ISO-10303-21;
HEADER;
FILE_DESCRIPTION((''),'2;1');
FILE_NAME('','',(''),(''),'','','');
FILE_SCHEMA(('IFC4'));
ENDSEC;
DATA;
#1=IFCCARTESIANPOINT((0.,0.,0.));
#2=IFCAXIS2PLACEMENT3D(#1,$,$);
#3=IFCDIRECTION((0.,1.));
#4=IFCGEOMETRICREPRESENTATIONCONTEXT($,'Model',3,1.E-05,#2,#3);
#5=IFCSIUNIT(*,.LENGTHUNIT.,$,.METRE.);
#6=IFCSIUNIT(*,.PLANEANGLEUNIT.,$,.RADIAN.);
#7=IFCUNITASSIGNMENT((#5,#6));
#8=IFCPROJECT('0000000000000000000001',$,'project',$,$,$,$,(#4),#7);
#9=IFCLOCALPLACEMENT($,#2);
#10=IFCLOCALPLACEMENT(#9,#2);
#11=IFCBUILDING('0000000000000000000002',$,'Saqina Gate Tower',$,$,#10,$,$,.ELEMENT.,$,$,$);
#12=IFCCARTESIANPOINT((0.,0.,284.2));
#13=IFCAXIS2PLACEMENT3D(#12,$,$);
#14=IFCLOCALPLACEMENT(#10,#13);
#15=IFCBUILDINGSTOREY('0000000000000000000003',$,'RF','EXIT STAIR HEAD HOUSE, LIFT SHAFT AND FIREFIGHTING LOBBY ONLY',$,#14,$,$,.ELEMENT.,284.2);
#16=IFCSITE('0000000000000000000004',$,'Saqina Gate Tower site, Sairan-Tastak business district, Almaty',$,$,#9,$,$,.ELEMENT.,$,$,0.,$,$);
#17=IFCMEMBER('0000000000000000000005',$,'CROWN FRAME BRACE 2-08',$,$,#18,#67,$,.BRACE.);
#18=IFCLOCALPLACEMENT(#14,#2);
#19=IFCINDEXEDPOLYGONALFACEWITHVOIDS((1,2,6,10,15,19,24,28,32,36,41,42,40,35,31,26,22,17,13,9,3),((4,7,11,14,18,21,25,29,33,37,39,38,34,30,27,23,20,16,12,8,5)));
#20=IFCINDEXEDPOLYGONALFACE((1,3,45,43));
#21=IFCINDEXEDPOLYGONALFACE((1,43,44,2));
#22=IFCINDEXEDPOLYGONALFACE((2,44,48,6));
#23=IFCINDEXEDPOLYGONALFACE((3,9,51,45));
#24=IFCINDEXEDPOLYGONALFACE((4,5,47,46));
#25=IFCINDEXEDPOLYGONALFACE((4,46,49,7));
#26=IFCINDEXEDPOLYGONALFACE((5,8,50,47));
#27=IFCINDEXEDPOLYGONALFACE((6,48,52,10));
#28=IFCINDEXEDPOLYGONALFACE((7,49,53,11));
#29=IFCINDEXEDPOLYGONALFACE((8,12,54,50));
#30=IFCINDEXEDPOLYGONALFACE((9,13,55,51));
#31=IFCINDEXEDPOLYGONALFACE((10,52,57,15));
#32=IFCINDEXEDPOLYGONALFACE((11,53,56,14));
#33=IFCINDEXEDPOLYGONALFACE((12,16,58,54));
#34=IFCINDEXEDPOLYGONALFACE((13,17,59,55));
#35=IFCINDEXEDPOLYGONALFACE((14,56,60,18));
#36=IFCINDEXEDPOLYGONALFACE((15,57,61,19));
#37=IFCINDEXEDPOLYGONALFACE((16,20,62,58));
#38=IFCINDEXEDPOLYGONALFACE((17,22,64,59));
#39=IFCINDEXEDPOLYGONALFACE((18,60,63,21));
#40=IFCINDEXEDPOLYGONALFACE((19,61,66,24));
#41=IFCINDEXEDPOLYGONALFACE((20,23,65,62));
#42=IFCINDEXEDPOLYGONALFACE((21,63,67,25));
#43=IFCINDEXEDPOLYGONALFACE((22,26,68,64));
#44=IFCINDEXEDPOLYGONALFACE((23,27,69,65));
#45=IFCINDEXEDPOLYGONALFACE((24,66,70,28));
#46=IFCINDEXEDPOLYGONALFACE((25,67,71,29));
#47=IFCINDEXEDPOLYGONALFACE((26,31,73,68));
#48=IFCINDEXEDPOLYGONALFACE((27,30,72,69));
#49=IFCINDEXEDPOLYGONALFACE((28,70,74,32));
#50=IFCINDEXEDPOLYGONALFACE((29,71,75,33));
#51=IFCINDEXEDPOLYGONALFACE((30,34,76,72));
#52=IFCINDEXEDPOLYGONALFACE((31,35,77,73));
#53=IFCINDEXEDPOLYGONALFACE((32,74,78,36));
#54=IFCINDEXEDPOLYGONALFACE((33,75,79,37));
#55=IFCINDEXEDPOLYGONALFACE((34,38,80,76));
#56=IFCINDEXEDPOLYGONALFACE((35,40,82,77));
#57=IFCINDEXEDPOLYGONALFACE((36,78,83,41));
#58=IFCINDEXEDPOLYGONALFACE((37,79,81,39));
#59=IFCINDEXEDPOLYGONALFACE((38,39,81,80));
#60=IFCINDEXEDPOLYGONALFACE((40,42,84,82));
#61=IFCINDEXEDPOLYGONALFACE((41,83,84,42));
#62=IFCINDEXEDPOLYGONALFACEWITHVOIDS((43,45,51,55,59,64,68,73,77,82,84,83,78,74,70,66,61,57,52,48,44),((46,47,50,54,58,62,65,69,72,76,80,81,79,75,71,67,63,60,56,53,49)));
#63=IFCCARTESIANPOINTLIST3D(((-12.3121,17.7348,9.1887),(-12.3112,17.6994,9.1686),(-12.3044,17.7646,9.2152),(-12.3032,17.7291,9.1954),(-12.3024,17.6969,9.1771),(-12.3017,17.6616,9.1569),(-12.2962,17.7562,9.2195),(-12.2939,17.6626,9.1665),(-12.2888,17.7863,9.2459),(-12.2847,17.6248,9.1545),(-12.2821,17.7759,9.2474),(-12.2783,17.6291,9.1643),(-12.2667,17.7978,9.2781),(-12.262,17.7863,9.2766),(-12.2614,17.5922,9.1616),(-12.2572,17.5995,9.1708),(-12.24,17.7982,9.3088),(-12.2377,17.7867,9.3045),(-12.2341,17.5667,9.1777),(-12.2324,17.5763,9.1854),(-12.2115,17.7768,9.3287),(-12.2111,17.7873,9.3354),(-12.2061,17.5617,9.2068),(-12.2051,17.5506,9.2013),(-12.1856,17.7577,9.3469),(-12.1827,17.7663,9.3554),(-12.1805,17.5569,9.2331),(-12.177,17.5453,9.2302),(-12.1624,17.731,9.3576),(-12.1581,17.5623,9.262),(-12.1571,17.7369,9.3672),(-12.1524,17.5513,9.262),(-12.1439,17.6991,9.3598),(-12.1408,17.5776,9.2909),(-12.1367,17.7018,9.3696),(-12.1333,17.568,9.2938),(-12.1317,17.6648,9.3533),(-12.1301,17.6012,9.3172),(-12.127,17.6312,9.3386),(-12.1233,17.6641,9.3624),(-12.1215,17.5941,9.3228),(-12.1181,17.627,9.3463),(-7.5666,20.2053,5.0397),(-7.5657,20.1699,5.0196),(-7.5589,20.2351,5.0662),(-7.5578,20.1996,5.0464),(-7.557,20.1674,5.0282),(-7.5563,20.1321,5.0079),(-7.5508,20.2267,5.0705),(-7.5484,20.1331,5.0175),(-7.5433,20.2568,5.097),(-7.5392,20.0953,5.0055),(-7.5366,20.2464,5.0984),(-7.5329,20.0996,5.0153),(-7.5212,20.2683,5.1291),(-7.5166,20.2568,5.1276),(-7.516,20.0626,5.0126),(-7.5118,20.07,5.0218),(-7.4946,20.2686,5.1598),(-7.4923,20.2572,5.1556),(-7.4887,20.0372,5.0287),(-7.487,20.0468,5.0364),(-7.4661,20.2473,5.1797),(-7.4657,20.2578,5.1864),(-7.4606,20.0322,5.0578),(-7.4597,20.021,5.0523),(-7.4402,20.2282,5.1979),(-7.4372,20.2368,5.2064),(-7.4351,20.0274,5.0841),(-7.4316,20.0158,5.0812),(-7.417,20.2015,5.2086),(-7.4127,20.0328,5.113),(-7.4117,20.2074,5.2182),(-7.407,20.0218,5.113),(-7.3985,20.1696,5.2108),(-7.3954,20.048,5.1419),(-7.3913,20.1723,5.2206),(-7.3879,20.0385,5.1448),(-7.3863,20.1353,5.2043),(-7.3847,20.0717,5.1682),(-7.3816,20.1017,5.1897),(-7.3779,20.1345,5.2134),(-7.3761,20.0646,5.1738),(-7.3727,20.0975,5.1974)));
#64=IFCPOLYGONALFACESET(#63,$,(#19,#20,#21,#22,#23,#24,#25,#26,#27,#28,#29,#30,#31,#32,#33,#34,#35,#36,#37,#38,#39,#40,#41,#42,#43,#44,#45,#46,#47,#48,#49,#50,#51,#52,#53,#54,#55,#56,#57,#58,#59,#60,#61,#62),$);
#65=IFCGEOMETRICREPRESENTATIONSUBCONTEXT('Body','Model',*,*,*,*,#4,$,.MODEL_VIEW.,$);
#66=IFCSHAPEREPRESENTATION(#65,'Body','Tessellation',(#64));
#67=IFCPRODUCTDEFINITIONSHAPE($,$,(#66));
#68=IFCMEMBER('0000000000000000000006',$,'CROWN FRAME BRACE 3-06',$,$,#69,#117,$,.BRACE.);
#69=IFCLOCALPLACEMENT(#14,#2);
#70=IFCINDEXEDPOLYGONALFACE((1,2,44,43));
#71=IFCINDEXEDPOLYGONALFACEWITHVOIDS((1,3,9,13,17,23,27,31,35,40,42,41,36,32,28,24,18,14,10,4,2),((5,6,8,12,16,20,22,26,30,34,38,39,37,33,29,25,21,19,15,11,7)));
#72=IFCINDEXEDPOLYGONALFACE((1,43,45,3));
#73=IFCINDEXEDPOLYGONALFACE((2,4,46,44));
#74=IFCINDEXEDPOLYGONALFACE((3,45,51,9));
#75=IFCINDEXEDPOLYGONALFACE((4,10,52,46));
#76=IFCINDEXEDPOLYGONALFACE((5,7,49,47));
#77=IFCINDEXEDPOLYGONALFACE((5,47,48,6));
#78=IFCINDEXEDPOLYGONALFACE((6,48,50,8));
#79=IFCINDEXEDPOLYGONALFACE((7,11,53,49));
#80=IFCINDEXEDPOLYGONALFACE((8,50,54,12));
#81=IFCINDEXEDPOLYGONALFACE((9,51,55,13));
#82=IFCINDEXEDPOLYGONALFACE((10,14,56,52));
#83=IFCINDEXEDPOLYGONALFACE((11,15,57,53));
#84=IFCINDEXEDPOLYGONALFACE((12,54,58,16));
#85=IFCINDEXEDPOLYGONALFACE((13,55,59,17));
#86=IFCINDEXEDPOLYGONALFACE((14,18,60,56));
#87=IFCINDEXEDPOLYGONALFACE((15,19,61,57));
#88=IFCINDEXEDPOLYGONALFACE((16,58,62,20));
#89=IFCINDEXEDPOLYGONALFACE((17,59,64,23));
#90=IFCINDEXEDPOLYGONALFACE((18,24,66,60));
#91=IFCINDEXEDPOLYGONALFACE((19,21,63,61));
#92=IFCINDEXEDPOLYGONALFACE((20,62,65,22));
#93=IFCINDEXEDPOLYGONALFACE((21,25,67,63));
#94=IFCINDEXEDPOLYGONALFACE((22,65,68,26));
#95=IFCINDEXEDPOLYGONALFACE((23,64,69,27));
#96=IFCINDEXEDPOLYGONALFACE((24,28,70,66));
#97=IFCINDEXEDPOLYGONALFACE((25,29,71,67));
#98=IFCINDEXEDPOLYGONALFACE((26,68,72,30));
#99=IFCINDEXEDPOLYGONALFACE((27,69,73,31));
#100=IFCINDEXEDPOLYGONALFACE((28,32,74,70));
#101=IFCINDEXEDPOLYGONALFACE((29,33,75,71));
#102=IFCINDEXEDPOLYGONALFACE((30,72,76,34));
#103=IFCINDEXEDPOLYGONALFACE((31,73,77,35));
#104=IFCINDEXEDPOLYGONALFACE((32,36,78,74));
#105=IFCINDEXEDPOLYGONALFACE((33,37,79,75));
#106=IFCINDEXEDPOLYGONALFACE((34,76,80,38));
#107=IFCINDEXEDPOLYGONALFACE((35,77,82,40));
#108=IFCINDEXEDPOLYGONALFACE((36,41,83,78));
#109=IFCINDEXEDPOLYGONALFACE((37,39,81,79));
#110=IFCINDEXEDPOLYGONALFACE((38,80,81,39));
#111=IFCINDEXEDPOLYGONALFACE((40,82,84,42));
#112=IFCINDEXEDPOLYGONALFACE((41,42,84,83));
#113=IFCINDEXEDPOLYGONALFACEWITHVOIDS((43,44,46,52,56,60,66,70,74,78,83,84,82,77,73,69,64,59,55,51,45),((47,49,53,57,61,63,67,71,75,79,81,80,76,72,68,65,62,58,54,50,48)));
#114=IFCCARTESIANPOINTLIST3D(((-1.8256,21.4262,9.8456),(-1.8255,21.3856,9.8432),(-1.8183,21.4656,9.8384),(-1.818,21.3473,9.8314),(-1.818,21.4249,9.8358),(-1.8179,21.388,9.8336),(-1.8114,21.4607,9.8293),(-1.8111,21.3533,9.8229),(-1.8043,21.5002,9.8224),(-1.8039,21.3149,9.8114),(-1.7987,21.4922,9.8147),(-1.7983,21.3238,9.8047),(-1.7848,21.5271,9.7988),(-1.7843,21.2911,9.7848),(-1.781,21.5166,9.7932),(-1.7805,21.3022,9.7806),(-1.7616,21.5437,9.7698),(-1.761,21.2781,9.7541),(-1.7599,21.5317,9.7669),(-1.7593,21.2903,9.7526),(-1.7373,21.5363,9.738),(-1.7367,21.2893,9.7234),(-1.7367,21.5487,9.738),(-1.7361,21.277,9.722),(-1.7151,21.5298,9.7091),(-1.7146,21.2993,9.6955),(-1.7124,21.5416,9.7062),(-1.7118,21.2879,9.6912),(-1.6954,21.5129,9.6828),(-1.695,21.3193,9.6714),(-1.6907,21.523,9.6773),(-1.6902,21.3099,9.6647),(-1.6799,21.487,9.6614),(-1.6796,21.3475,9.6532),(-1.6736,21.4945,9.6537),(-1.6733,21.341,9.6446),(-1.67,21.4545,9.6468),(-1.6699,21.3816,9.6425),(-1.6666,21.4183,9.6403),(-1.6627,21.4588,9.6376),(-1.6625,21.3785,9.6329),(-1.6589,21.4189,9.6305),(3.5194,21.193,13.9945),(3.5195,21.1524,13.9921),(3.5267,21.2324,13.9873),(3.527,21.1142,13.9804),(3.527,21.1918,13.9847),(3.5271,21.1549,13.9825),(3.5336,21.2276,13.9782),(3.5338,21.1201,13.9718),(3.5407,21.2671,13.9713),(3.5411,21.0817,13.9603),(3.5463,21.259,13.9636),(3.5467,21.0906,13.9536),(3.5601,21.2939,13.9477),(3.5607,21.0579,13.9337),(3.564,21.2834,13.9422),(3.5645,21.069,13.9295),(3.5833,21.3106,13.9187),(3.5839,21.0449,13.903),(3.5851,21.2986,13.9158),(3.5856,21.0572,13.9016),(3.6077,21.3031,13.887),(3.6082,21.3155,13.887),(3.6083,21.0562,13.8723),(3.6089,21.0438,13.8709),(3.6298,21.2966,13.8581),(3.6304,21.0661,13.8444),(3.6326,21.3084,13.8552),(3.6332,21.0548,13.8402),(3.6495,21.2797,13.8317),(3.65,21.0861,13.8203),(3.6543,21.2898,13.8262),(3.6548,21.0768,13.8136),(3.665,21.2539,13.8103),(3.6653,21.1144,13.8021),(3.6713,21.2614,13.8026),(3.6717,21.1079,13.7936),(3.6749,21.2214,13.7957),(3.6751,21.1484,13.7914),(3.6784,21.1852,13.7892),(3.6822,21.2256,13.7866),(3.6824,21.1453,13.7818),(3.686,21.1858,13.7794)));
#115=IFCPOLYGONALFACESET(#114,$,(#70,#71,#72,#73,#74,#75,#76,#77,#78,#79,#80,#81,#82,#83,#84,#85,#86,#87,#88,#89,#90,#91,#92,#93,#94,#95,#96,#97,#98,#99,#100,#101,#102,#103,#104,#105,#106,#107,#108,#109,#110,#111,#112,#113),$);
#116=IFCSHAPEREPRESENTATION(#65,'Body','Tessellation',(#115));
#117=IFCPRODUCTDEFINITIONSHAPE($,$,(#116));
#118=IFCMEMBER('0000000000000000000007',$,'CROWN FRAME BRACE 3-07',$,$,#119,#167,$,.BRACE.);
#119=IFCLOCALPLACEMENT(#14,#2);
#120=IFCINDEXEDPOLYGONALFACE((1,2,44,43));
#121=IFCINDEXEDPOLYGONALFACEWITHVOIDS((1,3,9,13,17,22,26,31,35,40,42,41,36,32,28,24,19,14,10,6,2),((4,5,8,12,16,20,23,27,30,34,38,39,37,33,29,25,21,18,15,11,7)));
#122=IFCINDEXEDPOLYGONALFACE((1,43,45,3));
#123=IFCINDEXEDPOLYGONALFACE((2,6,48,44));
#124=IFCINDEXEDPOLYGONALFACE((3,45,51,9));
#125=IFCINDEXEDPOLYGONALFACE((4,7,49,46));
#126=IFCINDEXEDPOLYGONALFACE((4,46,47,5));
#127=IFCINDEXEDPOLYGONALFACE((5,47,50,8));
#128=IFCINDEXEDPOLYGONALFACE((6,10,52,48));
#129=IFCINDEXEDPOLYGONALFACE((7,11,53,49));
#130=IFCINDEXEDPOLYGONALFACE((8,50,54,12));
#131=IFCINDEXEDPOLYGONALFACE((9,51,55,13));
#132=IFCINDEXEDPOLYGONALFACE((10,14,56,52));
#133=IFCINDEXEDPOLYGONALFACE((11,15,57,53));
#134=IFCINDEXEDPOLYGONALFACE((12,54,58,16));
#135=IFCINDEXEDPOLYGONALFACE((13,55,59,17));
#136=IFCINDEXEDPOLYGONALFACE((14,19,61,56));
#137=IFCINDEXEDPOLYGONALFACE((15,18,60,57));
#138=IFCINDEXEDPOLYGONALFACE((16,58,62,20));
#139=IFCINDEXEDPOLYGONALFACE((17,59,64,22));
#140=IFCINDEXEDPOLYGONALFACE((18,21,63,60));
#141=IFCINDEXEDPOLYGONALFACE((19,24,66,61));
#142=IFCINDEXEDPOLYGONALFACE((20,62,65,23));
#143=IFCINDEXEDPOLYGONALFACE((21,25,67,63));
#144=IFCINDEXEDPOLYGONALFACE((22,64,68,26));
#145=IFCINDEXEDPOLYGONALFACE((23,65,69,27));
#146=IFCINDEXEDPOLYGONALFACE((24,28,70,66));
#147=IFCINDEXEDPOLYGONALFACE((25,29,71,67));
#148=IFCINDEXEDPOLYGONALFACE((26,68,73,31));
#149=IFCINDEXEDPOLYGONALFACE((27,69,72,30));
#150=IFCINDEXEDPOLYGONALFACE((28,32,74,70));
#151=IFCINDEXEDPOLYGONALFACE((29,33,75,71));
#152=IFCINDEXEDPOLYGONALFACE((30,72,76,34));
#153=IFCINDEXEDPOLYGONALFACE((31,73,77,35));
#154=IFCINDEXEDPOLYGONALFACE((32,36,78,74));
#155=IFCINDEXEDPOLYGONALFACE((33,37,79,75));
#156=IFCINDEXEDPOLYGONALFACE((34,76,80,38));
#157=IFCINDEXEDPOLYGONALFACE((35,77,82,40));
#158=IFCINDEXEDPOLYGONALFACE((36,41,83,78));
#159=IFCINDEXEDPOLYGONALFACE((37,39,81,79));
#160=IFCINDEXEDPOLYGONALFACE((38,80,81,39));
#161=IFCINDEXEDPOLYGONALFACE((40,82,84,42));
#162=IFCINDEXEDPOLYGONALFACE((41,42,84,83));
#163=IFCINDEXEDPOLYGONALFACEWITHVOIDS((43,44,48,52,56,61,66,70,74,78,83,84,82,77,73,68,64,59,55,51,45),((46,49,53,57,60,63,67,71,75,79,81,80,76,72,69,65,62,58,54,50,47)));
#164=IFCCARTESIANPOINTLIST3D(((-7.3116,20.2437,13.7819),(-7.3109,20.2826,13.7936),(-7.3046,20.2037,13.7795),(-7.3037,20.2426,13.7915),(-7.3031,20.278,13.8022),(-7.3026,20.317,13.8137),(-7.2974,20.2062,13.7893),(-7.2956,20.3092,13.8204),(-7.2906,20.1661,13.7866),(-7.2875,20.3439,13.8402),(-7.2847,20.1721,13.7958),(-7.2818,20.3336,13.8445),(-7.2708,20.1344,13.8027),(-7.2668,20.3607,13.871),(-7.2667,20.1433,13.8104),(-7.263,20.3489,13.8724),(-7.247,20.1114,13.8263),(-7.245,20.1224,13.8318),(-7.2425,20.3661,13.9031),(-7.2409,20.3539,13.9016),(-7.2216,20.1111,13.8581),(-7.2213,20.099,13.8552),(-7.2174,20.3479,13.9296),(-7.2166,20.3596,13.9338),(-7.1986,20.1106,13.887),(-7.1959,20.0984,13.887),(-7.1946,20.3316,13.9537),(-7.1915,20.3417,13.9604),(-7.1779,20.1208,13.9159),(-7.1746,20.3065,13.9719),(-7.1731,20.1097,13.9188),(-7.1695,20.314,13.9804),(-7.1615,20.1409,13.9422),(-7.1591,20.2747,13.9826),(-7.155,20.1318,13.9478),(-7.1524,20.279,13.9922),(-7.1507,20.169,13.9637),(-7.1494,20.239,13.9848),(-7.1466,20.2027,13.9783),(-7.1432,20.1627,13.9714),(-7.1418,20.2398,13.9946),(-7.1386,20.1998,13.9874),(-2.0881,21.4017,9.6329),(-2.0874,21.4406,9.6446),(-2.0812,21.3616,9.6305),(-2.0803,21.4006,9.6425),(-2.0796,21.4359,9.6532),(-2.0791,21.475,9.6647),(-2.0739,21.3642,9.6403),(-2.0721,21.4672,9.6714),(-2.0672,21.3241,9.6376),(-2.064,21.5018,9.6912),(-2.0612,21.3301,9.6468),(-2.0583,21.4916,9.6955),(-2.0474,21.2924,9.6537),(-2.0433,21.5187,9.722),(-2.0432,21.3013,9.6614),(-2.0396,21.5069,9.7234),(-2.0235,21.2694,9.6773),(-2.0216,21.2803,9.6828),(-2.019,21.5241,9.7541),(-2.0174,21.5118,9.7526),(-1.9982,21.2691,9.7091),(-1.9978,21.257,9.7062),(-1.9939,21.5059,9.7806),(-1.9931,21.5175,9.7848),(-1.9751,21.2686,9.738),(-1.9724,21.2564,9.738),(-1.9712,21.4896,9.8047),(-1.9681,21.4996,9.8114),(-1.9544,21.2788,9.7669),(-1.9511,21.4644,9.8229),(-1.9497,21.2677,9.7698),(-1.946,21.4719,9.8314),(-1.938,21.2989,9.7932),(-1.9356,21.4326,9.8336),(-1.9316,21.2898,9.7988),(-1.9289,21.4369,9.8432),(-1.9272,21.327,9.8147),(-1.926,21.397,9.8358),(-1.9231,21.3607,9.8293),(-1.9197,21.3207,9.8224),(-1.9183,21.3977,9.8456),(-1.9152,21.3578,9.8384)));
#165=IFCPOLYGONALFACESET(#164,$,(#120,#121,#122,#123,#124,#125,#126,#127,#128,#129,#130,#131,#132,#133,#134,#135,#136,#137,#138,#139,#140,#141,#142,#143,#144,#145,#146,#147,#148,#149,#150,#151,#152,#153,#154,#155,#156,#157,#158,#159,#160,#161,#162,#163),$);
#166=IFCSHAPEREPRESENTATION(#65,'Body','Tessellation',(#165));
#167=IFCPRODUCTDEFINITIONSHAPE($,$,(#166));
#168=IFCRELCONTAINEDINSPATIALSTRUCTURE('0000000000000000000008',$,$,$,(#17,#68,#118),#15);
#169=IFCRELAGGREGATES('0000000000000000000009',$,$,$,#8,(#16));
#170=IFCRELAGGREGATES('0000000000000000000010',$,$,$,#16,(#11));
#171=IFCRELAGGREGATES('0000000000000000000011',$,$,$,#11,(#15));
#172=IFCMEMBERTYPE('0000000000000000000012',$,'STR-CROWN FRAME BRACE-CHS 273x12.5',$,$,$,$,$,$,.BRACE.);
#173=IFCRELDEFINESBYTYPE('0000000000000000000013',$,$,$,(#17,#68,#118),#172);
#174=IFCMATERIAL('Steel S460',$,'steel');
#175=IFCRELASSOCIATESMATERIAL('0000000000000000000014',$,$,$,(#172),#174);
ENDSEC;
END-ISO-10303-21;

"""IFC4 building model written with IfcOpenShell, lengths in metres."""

from ifc_helpers import new_model, si_unit, direction, frame, origin, origin_2d, place, context, subcontext, project, spatial, hollow_circle, extrude, material, material_profile, profile_set, type_object, element, save


model = new_model("IFC4")

# Units and contexts
model_context = context("Model", 3, precision=1e-05, world=origin(), true_north=direction((0.0, 1.0)))
body_context = subcontext(model_context, "Body", "Model", "MODEL_VIEW")
ifc_project = project(units=[si_unit("LENGTHUNIT", "METRE"), si_unit("PLANEANGLEUNIT", "RADIAN")], contexts=[model_context])

# Site, building, storey
site_placement = place(None, origin())
site = spatial("IfcSite", under=ifc_project, at=site_placement, Name="Saqina Gate Tower site, Sairan-Tastak business district, Almaty", CompositionType="ELEMENT", RefElevation=0.0)
building_placement = place(site_placement, origin())
building = spatial("IfcBuilding", under=site, at=building_placement, Name="Saqina Gate Tower", CompositionType="ELEMENT")
storey_placement = place(building_placement, frame((0.0, 0.0, 284.2)))
storey = spatial("IfcBuildingStorey", under=building, at=storey_placement, Name="RF", Description="EXIT STAIR HEAD HOUSE, LIFT SHAFT AND FIREFIGHTING LOBBY ONLY", CompositionType="ELEMENT", Elevation=284.2)

# Members
ifc_material_1 = material(Name="Steel S460", Category="steel")
ifc_material_profile_1 = material_profile(ifc_material_1, hollow_circle(Radius=0.1365, WallThickness=0.0125, at=origin_2d()), Name="CHS 273x12.5")
ifc_profile_set_1 = profile_set([ifc_material_profile_1], Name="Steel S460")
member_type = type_object("IfcMemberType", Name="STR-CROWN FRAME BRACE-CHS 273x12.5", PredefinedType="BRACE", material=ifc_profile_set_1)
for number, where, z_axis, x_axis, name in (
    (1, (-7.47, 20.1428, 5.113), (-0.700922, -0.364904, 0.612824), (0.461775, -0.886997, 0.0), "CROWN FRAME BRACE 2-08"),
    (2, (-1.7427, 21.4124, 9.738), (0.789476, -0.034438, 0.612815), (0.04358, 0.99905, 0.0), "CROWN FRAME BRACE 3-06"),
):
    element("IfcMember", number, at=place(storey_placement, frame(where, z_axis=z_axis, x_axis=x_axis)), inside=storey, type_object=member_type, Name=name, PredefinedType="BRACE", context=body_context, shape_type="SweptSolid", body=[
        extrude(hollow_circle(Radius=0.1365, WallThickness=0.0125, at=origin_2d()), origin(), (0.0, 0.0, 1.0), 6.7703),
    ])
for number, where, z_axis, x_axis, name in (
    (3, (-2.002, 21.3896, 9.738), (-0.771504, -0.171033, 0.612804), (0.216433, -0.976298, 0.0), "CROWN FRAME BRACE 3-07"),
):
    element("IfcMember", number, at=place(storey_placement, frame(where, z_axis=z_axis, x_axis=x_axis)), inside=storey, type_object=member_type, Name=name, PredefinedType="BRACE", context=body_context, shape_type="SweptSolid", body=[
        extrude(hollow_circle(Radius=0.1365, WallThickness=0.0125, at=origin_2d()), origin(), (0.0, 0.0, 1.0), 6.7705),
    ])

save(model, "model.ifc")
